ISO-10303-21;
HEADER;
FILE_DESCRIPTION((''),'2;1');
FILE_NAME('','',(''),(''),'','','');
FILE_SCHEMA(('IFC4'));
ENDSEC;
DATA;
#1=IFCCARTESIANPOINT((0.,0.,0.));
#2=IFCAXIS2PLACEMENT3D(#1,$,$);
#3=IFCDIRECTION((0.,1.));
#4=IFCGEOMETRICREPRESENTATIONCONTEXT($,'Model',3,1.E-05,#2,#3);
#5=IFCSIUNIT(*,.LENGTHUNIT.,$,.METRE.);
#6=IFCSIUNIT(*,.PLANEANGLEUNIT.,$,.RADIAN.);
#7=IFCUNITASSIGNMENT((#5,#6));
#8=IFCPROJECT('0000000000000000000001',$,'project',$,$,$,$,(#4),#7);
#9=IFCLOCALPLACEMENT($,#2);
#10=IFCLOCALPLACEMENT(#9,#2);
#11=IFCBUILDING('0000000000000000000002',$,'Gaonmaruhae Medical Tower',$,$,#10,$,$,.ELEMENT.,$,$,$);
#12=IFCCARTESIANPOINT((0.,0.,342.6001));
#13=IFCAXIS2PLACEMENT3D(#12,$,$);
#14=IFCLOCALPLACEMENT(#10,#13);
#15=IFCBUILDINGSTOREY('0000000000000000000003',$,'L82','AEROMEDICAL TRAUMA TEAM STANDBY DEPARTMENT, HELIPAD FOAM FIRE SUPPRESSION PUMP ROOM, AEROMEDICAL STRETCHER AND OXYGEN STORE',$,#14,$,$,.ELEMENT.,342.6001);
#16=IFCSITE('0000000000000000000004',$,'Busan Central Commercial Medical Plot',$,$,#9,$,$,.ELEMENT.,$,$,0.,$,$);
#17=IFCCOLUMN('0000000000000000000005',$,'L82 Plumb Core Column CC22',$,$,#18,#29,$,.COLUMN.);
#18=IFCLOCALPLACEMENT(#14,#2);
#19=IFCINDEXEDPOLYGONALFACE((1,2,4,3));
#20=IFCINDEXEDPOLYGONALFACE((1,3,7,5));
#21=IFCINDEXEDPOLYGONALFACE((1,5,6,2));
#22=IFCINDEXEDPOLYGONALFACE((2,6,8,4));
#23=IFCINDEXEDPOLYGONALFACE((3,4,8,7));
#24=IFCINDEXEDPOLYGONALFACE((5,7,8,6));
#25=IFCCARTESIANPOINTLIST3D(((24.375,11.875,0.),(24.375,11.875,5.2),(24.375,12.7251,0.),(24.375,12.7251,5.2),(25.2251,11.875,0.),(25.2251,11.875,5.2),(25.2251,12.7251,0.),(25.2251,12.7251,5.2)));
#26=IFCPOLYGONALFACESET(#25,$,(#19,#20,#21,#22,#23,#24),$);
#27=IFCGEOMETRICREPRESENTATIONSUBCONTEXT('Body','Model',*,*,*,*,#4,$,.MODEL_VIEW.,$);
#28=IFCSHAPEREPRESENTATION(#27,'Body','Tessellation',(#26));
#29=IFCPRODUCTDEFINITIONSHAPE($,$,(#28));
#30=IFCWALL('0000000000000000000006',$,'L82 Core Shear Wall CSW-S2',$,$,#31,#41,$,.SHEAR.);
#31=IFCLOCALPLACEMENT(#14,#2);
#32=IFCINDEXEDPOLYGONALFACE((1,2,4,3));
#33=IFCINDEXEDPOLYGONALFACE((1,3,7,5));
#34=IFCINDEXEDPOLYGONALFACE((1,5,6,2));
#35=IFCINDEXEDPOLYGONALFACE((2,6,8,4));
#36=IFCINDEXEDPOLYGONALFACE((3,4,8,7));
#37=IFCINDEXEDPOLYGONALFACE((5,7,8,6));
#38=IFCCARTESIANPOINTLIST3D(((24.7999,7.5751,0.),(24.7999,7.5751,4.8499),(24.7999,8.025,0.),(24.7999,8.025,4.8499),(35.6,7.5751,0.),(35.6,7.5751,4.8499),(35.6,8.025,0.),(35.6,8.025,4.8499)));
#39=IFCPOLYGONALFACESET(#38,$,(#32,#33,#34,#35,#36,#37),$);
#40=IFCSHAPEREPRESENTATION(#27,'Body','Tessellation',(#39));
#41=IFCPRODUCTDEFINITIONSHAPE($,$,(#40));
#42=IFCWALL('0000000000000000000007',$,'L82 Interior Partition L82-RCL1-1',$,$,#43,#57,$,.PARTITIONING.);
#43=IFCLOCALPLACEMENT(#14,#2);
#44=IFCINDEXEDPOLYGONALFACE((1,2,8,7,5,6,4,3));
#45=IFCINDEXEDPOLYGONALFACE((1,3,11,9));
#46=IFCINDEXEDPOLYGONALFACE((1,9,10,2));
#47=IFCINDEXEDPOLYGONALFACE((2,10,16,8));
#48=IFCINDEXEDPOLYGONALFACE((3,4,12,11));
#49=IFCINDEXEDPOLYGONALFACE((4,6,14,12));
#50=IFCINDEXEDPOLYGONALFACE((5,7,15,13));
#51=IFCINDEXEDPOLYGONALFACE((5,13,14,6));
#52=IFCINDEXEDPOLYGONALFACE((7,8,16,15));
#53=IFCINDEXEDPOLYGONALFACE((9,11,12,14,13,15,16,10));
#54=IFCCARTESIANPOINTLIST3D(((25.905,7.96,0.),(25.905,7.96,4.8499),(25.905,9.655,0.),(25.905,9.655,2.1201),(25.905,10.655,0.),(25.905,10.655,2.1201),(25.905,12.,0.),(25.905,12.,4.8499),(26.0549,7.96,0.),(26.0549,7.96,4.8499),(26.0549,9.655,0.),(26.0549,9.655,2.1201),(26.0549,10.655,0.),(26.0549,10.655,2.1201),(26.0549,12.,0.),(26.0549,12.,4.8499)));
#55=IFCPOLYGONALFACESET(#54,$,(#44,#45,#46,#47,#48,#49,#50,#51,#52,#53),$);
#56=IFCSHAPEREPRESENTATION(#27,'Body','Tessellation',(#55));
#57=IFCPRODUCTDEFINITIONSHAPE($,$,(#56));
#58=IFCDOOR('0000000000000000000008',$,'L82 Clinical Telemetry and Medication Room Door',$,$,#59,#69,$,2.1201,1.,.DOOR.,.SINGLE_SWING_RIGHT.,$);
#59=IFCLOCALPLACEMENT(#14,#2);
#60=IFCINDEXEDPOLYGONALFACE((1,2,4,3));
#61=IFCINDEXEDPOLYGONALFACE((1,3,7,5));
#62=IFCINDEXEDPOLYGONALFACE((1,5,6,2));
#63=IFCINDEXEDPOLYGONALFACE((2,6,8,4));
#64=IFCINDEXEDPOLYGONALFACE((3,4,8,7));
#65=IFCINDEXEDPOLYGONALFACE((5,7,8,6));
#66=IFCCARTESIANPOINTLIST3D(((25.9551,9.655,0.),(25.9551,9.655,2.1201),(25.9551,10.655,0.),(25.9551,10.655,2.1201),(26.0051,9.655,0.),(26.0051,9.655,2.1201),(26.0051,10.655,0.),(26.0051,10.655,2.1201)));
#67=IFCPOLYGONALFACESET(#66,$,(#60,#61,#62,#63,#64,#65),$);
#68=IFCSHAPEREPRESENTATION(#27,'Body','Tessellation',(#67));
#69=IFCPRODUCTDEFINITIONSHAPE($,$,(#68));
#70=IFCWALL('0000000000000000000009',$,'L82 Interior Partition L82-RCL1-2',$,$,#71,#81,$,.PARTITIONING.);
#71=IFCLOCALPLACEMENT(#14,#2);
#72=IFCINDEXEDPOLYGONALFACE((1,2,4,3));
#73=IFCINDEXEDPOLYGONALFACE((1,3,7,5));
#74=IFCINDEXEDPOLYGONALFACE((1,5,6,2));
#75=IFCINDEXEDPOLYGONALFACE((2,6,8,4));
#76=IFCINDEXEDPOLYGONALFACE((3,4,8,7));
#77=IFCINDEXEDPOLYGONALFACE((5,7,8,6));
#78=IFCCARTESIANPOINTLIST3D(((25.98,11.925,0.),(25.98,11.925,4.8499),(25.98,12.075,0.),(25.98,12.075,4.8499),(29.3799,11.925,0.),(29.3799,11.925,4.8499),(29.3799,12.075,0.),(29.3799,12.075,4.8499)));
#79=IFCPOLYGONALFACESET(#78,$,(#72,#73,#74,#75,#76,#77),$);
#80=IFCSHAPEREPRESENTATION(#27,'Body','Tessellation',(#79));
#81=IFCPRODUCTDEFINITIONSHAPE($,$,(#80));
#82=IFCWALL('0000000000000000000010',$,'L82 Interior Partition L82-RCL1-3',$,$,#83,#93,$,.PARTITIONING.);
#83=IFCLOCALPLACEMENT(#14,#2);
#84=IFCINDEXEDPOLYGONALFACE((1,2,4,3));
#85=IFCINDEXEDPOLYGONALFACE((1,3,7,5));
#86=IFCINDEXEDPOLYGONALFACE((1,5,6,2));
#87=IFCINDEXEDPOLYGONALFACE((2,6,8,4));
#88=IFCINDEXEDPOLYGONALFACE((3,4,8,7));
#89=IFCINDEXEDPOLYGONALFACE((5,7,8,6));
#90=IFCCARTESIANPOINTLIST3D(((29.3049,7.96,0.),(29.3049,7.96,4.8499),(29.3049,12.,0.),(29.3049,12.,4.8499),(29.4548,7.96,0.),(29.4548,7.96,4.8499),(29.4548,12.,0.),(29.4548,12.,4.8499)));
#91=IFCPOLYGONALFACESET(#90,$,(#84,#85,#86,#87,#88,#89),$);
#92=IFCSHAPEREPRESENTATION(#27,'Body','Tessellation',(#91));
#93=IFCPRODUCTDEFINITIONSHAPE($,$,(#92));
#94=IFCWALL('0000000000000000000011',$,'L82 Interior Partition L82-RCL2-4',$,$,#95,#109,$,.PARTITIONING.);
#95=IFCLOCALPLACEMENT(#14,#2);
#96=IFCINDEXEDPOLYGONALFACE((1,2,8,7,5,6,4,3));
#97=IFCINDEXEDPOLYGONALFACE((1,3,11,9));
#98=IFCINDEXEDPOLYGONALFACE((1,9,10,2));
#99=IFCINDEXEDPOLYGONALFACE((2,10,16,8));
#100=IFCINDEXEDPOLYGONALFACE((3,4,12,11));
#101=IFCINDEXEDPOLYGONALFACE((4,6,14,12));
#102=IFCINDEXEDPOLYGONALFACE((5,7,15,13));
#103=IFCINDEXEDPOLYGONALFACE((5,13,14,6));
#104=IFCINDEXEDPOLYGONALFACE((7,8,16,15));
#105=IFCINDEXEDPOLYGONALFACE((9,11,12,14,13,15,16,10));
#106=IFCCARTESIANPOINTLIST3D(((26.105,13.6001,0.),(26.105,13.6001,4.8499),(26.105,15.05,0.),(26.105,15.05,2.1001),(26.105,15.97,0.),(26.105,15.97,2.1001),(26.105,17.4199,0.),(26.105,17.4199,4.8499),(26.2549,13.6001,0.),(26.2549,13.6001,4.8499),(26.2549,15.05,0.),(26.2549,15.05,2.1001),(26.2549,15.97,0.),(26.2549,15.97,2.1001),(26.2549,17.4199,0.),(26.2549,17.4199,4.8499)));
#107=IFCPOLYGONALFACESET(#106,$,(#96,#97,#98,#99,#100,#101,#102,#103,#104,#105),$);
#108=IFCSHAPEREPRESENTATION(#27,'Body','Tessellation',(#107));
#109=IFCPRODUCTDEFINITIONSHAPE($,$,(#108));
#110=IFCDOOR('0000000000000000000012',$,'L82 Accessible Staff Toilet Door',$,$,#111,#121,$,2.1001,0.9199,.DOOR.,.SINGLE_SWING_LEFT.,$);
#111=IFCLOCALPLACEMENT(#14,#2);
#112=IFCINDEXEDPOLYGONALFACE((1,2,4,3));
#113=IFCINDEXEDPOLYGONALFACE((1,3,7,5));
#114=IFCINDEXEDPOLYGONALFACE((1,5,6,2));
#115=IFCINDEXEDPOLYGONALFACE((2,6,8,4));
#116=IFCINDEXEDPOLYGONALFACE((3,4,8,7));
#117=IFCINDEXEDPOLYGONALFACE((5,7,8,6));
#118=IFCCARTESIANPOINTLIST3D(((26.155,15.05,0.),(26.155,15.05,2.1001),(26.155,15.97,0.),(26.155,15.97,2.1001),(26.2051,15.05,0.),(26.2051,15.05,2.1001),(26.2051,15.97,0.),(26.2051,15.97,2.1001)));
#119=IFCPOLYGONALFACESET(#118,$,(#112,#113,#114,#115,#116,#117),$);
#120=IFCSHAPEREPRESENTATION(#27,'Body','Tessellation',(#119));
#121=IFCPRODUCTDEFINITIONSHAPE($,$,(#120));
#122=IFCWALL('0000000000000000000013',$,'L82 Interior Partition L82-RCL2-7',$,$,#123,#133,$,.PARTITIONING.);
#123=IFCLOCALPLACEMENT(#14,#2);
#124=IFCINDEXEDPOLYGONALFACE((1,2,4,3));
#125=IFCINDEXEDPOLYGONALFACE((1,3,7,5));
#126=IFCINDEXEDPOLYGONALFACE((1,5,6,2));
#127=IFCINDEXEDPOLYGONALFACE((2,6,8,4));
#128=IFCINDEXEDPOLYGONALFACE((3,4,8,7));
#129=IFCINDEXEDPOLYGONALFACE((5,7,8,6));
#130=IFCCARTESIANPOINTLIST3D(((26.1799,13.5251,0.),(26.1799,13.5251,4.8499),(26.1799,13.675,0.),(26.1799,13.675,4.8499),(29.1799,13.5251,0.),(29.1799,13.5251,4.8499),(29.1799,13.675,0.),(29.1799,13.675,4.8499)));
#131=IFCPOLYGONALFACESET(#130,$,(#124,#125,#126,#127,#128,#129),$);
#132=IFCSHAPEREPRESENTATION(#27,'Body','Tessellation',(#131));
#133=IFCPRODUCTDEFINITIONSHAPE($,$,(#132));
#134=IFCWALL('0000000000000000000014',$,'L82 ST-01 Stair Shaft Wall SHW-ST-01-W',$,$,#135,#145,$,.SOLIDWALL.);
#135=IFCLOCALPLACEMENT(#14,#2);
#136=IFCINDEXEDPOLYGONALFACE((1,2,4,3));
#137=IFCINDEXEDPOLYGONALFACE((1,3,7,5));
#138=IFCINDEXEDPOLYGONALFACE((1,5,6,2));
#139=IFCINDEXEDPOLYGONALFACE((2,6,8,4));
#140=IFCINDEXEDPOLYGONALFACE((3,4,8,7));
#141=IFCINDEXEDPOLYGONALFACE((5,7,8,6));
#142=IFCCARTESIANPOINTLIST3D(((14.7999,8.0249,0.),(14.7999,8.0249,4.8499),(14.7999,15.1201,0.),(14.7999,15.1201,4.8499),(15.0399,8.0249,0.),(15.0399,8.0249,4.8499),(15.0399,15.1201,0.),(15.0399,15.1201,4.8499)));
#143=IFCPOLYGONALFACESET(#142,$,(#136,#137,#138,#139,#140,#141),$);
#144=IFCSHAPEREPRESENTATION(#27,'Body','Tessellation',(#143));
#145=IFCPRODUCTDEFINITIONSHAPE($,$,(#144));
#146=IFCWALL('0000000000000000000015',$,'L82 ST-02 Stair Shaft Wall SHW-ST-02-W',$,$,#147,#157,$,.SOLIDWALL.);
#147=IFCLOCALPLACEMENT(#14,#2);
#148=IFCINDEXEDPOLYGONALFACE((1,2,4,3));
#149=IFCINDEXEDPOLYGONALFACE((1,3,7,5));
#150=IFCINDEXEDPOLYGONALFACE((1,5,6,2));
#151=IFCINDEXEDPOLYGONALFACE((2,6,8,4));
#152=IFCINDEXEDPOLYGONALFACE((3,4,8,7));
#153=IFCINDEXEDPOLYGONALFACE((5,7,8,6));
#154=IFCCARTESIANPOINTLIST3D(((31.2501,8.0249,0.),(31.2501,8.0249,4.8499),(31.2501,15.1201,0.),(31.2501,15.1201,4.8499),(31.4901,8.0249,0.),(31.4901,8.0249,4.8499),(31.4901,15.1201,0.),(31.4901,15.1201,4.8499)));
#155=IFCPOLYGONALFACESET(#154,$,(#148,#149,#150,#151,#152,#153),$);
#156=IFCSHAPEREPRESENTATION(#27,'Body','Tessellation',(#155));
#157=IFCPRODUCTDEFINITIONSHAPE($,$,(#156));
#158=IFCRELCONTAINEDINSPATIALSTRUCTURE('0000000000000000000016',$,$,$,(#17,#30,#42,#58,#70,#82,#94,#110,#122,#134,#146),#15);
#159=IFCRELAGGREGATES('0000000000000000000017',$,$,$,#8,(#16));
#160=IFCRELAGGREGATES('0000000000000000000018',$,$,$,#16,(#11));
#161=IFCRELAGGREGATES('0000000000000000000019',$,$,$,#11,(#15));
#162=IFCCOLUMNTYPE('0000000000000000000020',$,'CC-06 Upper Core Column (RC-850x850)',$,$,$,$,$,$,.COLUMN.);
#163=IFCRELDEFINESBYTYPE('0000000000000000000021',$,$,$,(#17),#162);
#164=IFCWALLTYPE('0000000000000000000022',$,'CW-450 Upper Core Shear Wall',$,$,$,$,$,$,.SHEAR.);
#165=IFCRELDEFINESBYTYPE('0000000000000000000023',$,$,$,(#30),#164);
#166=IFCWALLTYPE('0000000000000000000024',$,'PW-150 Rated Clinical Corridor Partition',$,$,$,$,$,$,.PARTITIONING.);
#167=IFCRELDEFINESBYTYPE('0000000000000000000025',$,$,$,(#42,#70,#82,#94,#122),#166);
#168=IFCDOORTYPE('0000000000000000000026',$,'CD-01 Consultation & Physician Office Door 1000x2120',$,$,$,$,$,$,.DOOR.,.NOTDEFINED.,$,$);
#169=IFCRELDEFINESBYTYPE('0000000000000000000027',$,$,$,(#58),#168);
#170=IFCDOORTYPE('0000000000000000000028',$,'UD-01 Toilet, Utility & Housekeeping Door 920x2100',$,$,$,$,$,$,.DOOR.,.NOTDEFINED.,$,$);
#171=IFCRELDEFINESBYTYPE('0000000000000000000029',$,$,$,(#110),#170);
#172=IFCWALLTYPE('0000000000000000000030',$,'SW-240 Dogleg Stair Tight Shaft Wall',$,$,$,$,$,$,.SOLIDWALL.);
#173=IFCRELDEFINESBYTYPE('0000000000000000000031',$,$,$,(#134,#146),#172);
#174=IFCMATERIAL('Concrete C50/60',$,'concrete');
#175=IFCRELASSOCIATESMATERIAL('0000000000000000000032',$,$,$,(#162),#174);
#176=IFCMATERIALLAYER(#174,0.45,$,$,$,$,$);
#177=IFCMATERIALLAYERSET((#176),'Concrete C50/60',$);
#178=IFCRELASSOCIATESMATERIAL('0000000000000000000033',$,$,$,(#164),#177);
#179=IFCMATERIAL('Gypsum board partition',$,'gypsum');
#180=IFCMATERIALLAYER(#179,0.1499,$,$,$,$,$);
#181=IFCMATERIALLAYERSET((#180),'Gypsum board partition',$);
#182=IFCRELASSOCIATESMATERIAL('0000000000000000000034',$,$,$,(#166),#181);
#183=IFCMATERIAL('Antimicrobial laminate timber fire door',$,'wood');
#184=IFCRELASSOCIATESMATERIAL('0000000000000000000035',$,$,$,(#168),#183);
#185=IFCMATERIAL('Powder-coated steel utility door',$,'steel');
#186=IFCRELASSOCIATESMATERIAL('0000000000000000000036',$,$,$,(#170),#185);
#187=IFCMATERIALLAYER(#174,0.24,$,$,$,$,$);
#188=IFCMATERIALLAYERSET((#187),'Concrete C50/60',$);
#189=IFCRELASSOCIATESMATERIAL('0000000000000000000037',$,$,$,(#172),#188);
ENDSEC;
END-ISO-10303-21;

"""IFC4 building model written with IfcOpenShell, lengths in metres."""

from ifc_helpers import new_model, si_unit, direction, frame, frame_2d, origin, origin_2d, place, context, subcontext, project, spatial, rectangle, extrude, material, layer, layer_set, material_profile, profile_set, type_object, element, fill, save


model = new_model("IFC4")

# Units and contexts
model_context = context("Model", 3, precision=1e-05, world=origin(), true_north=direction((0.0, 1.0)))
body_context = subcontext(model_context, "Body", "Model", "MODEL_VIEW")
ifc_project = project(units=[si_unit("LENGTHUNIT", "METRE"), si_unit("PLANEANGLEUNIT", "RADIAN")], contexts=[model_context])

# Site, building, storey
site_placement = place(None, origin())
site = spatial("IfcSite", under=ifc_project, at=site_placement, Name="Busan Central Commercial Medical Plot", CompositionType="ELEMENT", RefElevation=0.0)
building_placement = place(site_placement, origin())
building = spatial("IfcBuilding", under=site, at=building_placement, Name="Gaonmaruhae Medical Tower", CompositionType="ELEMENT")
storey_placement = place(building_placement, frame((0.0, 0.0, 342.6001)))
storey = spatial("IfcBuildingStorey", under=building, at=storey_placement, Name="L82", Description="AEROMEDICAL TRAUMA TEAM STANDBY DEPARTMENT, HELIPAD FOAM FIRE SUPPRESSION PUMP ROOM, AEROMEDICAL STRETCHER AND OXYGEN STORE", CompositionType="ELEMENT", Elevation=342.6001)

# Column
ifc_material_1 = material(Name="Concrete C50/60", Category="concrete")
ifc_material_profile = material_profile(ifc_material_1, rectangle(XDim=0.8501, YDim=0.8501, at=origin_2d()), Name="RC-850x850")
ifc_profile_set = profile_set([ifc_material_profile], Name="Concrete C50/60")
column_type = type_object("IfcColumnType", Name="CC-06 Upper Core Column (RC-850x850)", PredefinedType="COLUMN", material=ifc_profile_set)
column_placement = place(storey_placement, frame((24.8, 12.3, 0.0), z_axis=(0.0, 0.0, 1.0), x_axis=(1.0, 0.0, 0.0)))
element("IfcColumn", 1, at=column_placement, inside=storey, type_object=column_type, Name="L82 Plumb Core Column CC22", PredefinedType="COLUMN", context=body_context, shape_type="SweptSolid", body=[
    extrude(rectangle(XDim=0.8501, YDim=0.8501, at=origin_2d()), origin(), (0.0, 0.0, 1.0), 5.2),
])

# Wall
ifc_layer_1 = layer(ifc_material_1, 0.45)
ifc_layer_set_1 = layer_set([ifc_layer_1], Name="Concrete C50/60")
wall_type_1 = type_object("IfcWallType", Name="CW-450 Upper Core Shear Wall", PredefinedType="SHEAR", material=ifc_layer_set_1)
wall_1_placement = place(storey_placement, frame((24.8, 7.8, 0.0), z_axis=(0.0, 0.0, 1.0), x_axis=(1.0, 0.0, 0.0)))
element("IfcWall", 2, at=wall_1_placement, inside=storey, type_object=wall_type_1, Name="L82 Core Shear Wall CSW-S2", PredefinedType="SHEAR", context=body_context, shape_type="SweptSolid", body=[
    extrude(rectangle(XDim=10.8, YDim=0.45, at=frame_2d((5.3999, 0.0))), origin(), (0.0, 0.0, 1.0), 4.8499),
])

# Wall, opening, door
ifc_material_2 = material(Name="Gypsum board partition", Category="gypsum")
ifc_layer_2 = layer(ifc_material_2, 0.1499)
ifc_layer_set_2 = layer_set([ifc_layer_2], Name="Gypsum board partition")
wall_type_2 = type_object("IfcWallType", Name="PW-150 Rated Clinical Corridor Partition", PredefinedType="PARTITIONING", material=ifc_layer_set_2)
wall_2_placement = place(storey_placement, frame((25.98, 7.96, 0.0), z_axis=(0.0, 0.0, 1.0), x_axis=(0.0, 1.0, 0.0)))
wall_2 = element("IfcWall", 3, at=wall_2_placement, inside=storey, type_object=wall_type_2, Name="L82 Interior Partition L82-RCL1-1", PredefinedType="PARTITIONING", context=body_context, shape_type="SweptSolid", body=[
    extrude(rectangle(XDim=4.04, YDim=0.1499, at=frame_2d((2.02, 0.0))), origin(), (0.0, 0.0, 1.0), 4.8499),
])
opening_1_placement = place(wall_2_placement, frame((1.6951, 0.0, 0.0)))
opening_1 = element("IfcOpeningElement", 4, at=opening_1_placement, cuts=wall_2, PredefinedType="OPENING", context=body_context, shape_type="SweptSolid", body=[
    extrude(rectangle(XDim=1.0, YDim=2.1201, at=frame_2d((0.5, 1.0601))), frame((0.0, 0.085, 0.0), z_axis=(0.0, -1.0, 0.0), x_axis=(1.0, 0.0, 0.0)), (0.0, 0.0, 1.0), 0.1699),
])
ifc_material_3 = material(Name="Antimicrobial laminate timber fire door", Category="wood")
door_type_1 = type_object("IfcDoorType", Name="CD-01 Consultation & Physician Office Door 1000x2120", OperationType="NOTDEFINED", PredefinedType="DOOR", material=ifc_material_3)
door_1_placement = place(opening_1_placement, origin())
door_1 = element("IfcDoor", 5, at=door_1_placement, inside=storey, type_object=door_type_1, Name="L82 Clinical Telemetry and Medication Room Door", OperationType="SINGLE_SWING_RIGHT", OverallHeight=2.1201, OverallWidth=1.0, PredefinedType="DOOR", context=body_context, shape_type="SweptSolid", body=[
    extrude(rectangle(XDim=1.0, YDim=2.1201, at=frame_2d((0.5, 1.0601))), frame((0.0, 0.0249, 0.0), z_axis=(0.0, -1.0, 0.0), x_axis=(1.0, 0.0, 0.0)), (0.0, 0.0, 1.0), 0.05),
])
fill(opening_1, door_1)

# Walls
wall_3_placement = place(storey_placement, frame((25.98, 12.0, 0.0), z_axis=(0.0, 0.0, 1.0), x_axis=(1.0, 0.0, 0.0)))
element("IfcWall", 6, at=wall_3_placement, inside=storey, type_object=wall_type_2, Name="L82 Interior Partition L82-RCL1-2", PredefinedType="PARTITIONING", context=body_context, shape_type="SweptSolid", body=[
    extrude(rectangle(XDim=3.3999, YDim=0.1499, at=frame_2d((1.7, 0.0))), origin(), (0.0, 0.0, 1.0), 4.8499),
])
wall_4_placement = place(storey_placement, frame((29.3799, 12.0, 0.0), z_axis=(0.0, 0.0, 1.0), x_axis=(0.0, -1.0, 0.0)))
element("IfcWall", 7, at=wall_4_placement, inside=storey, type_object=wall_type_2, Name="L82 Interior Partition L82-RCL1-3", PredefinedType="PARTITIONING", context=body_context, shape_type="SweptSolid", body=[
    extrude(rectangle(XDim=4.04, YDim=0.1499, at=frame_2d((2.02, 0.0))), origin(), (0.0, 0.0, 1.0), 4.8499),
])

# Wall, opening, door
wall_5_placement = place(storey_placement, frame((26.1799, 13.6001, 0.0), z_axis=(0.0, 0.0, 1.0), x_axis=(0.0, 1.0, 0.0)))
wall_5 = element("IfcWall", 8, at=wall_5_placement, inside=storey, type_object=wall_type_2, Name="L82 Interior Partition L82-RCL2-4", PredefinedType="PARTITIONING", context=body_context, shape_type="SweptSolid", body=[
    extrude(rectangle(XDim=3.8198, YDim=0.1499, at=frame_2d((1.9099, 0.0))), origin(), (0.0, 0.0, 1.0), 4.8499),
])
opening_2_placement = place(wall_5_placement, frame((1.45, 0.0, 0.0)))
opening_2 = element("IfcOpeningElement", 9, at=opening_2_placement, cuts=wall_5, PredefinedType="OPENING", context=body_context, shape_type="SweptSolid", body=[
    extrude(rectangle(XDim=0.9199, YDim=2.1001, at=frame_2d((0.46, 1.05))), frame((0.0, 0.085, 0.0), z_axis=(0.0, -1.0, 0.0), x_axis=(1.0, 0.0, 0.0)), (0.0, 0.0, 1.0), 0.1699),
])
ifc_material_4 = material(Name="Powder-coated steel utility door", Category="steel")
door_type_2 = type_object("IfcDoorType", Name="UD-01 Toilet, Utility & Housekeeping Door 920x2100", OperationType="NOTDEFINED", PredefinedType="DOOR", material=ifc_material_4)
door_2_placement = place(opening_2_placement, origin())
door_2 = element("IfcDoor", 10, at=door_2_placement, inside=storey, type_object=door_type_2, Name="L82 Accessible Staff Toilet Door", OperationType="SINGLE_SWING_LEFT", OverallHeight=2.1001, OverallWidth=0.9199, PredefinedType="DOOR", context=body_context, shape_type="SweptSolid", body=[
    extrude(rectangle(XDim=0.9199, YDim=2.1001, at=frame_2d((0.46, 1.05))), frame((0.0, 0.0249, 0.0), z_axis=(0.0, -1.0, 0.0), x_axis=(1.0, 0.0, 0.0)), (0.0, 0.0, 1.0), 0.05),
])
fill(opening_2, door_2)

# Walls
wall_6_placement = place(storey_placement, frame((29.1799, 13.6001, 0.0), z_axis=(0.0, 0.0, 1.0), x_axis=(-1.0, 0.0, 0.0)))
element("IfcWall", 11, at=wall_6_placement, inside=storey, type_object=wall_type_2, Name="L82 Interior Partition L82-RCL2-7", PredefinedType="PARTITIONING", context=body_context, shape_type="SweptSolid", body=[
    extrude(rectangle(XDim=3.0, YDim=0.1499, at=frame_2d((1.5, 0.0))), origin(), (0.0, 0.0, 1.0), 4.8499),
])
ifc_layer_3 = layer(ifc_material_1, 0.24)
ifc_layer_set_3 = layer_set([ifc_layer_3], Name="Concrete C50/60")
wall_type_3 = type_object("IfcWallType", Name="SW-240 Dogleg Stair Tight Shaft Wall", PredefinedType="SOLIDWALL", material=ifc_layer_set_3)
for number, where, z_axis, x_axis, name in (
    (12, (14.9199, 8.0249, 0.0), (0.0, 0.0, 1.0), (0.0, 1.0, 0.0), "L82 ST-01 Stair Shaft Wall SHW-ST-01-W"),
    (13, (31.3701, 8.0249, 0.0), (0.0, 0.0, 1.0), (0.0, 1.0, 0.0), "L82 ST-02 Stair Shaft Wall SHW-ST-02-W"),
):
    element("IfcWall", number, at=place(storey_placement, frame(where, z_axis=z_axis, x_axis=x_axis)), inside=storey, type_object=wall_type_3, Name=name, PredefinedType="SOLIDWALL", context=body_context, shape_type="SweptSolid", body=[
        extrude(rectangle(XDim=7.0952, YDim=0.24, at=frame_2d((3.5476, 0.0))), origin(), (0.0, 0.0, 1.0), 4.8499),
    ])

save(model, "model.ifc")
